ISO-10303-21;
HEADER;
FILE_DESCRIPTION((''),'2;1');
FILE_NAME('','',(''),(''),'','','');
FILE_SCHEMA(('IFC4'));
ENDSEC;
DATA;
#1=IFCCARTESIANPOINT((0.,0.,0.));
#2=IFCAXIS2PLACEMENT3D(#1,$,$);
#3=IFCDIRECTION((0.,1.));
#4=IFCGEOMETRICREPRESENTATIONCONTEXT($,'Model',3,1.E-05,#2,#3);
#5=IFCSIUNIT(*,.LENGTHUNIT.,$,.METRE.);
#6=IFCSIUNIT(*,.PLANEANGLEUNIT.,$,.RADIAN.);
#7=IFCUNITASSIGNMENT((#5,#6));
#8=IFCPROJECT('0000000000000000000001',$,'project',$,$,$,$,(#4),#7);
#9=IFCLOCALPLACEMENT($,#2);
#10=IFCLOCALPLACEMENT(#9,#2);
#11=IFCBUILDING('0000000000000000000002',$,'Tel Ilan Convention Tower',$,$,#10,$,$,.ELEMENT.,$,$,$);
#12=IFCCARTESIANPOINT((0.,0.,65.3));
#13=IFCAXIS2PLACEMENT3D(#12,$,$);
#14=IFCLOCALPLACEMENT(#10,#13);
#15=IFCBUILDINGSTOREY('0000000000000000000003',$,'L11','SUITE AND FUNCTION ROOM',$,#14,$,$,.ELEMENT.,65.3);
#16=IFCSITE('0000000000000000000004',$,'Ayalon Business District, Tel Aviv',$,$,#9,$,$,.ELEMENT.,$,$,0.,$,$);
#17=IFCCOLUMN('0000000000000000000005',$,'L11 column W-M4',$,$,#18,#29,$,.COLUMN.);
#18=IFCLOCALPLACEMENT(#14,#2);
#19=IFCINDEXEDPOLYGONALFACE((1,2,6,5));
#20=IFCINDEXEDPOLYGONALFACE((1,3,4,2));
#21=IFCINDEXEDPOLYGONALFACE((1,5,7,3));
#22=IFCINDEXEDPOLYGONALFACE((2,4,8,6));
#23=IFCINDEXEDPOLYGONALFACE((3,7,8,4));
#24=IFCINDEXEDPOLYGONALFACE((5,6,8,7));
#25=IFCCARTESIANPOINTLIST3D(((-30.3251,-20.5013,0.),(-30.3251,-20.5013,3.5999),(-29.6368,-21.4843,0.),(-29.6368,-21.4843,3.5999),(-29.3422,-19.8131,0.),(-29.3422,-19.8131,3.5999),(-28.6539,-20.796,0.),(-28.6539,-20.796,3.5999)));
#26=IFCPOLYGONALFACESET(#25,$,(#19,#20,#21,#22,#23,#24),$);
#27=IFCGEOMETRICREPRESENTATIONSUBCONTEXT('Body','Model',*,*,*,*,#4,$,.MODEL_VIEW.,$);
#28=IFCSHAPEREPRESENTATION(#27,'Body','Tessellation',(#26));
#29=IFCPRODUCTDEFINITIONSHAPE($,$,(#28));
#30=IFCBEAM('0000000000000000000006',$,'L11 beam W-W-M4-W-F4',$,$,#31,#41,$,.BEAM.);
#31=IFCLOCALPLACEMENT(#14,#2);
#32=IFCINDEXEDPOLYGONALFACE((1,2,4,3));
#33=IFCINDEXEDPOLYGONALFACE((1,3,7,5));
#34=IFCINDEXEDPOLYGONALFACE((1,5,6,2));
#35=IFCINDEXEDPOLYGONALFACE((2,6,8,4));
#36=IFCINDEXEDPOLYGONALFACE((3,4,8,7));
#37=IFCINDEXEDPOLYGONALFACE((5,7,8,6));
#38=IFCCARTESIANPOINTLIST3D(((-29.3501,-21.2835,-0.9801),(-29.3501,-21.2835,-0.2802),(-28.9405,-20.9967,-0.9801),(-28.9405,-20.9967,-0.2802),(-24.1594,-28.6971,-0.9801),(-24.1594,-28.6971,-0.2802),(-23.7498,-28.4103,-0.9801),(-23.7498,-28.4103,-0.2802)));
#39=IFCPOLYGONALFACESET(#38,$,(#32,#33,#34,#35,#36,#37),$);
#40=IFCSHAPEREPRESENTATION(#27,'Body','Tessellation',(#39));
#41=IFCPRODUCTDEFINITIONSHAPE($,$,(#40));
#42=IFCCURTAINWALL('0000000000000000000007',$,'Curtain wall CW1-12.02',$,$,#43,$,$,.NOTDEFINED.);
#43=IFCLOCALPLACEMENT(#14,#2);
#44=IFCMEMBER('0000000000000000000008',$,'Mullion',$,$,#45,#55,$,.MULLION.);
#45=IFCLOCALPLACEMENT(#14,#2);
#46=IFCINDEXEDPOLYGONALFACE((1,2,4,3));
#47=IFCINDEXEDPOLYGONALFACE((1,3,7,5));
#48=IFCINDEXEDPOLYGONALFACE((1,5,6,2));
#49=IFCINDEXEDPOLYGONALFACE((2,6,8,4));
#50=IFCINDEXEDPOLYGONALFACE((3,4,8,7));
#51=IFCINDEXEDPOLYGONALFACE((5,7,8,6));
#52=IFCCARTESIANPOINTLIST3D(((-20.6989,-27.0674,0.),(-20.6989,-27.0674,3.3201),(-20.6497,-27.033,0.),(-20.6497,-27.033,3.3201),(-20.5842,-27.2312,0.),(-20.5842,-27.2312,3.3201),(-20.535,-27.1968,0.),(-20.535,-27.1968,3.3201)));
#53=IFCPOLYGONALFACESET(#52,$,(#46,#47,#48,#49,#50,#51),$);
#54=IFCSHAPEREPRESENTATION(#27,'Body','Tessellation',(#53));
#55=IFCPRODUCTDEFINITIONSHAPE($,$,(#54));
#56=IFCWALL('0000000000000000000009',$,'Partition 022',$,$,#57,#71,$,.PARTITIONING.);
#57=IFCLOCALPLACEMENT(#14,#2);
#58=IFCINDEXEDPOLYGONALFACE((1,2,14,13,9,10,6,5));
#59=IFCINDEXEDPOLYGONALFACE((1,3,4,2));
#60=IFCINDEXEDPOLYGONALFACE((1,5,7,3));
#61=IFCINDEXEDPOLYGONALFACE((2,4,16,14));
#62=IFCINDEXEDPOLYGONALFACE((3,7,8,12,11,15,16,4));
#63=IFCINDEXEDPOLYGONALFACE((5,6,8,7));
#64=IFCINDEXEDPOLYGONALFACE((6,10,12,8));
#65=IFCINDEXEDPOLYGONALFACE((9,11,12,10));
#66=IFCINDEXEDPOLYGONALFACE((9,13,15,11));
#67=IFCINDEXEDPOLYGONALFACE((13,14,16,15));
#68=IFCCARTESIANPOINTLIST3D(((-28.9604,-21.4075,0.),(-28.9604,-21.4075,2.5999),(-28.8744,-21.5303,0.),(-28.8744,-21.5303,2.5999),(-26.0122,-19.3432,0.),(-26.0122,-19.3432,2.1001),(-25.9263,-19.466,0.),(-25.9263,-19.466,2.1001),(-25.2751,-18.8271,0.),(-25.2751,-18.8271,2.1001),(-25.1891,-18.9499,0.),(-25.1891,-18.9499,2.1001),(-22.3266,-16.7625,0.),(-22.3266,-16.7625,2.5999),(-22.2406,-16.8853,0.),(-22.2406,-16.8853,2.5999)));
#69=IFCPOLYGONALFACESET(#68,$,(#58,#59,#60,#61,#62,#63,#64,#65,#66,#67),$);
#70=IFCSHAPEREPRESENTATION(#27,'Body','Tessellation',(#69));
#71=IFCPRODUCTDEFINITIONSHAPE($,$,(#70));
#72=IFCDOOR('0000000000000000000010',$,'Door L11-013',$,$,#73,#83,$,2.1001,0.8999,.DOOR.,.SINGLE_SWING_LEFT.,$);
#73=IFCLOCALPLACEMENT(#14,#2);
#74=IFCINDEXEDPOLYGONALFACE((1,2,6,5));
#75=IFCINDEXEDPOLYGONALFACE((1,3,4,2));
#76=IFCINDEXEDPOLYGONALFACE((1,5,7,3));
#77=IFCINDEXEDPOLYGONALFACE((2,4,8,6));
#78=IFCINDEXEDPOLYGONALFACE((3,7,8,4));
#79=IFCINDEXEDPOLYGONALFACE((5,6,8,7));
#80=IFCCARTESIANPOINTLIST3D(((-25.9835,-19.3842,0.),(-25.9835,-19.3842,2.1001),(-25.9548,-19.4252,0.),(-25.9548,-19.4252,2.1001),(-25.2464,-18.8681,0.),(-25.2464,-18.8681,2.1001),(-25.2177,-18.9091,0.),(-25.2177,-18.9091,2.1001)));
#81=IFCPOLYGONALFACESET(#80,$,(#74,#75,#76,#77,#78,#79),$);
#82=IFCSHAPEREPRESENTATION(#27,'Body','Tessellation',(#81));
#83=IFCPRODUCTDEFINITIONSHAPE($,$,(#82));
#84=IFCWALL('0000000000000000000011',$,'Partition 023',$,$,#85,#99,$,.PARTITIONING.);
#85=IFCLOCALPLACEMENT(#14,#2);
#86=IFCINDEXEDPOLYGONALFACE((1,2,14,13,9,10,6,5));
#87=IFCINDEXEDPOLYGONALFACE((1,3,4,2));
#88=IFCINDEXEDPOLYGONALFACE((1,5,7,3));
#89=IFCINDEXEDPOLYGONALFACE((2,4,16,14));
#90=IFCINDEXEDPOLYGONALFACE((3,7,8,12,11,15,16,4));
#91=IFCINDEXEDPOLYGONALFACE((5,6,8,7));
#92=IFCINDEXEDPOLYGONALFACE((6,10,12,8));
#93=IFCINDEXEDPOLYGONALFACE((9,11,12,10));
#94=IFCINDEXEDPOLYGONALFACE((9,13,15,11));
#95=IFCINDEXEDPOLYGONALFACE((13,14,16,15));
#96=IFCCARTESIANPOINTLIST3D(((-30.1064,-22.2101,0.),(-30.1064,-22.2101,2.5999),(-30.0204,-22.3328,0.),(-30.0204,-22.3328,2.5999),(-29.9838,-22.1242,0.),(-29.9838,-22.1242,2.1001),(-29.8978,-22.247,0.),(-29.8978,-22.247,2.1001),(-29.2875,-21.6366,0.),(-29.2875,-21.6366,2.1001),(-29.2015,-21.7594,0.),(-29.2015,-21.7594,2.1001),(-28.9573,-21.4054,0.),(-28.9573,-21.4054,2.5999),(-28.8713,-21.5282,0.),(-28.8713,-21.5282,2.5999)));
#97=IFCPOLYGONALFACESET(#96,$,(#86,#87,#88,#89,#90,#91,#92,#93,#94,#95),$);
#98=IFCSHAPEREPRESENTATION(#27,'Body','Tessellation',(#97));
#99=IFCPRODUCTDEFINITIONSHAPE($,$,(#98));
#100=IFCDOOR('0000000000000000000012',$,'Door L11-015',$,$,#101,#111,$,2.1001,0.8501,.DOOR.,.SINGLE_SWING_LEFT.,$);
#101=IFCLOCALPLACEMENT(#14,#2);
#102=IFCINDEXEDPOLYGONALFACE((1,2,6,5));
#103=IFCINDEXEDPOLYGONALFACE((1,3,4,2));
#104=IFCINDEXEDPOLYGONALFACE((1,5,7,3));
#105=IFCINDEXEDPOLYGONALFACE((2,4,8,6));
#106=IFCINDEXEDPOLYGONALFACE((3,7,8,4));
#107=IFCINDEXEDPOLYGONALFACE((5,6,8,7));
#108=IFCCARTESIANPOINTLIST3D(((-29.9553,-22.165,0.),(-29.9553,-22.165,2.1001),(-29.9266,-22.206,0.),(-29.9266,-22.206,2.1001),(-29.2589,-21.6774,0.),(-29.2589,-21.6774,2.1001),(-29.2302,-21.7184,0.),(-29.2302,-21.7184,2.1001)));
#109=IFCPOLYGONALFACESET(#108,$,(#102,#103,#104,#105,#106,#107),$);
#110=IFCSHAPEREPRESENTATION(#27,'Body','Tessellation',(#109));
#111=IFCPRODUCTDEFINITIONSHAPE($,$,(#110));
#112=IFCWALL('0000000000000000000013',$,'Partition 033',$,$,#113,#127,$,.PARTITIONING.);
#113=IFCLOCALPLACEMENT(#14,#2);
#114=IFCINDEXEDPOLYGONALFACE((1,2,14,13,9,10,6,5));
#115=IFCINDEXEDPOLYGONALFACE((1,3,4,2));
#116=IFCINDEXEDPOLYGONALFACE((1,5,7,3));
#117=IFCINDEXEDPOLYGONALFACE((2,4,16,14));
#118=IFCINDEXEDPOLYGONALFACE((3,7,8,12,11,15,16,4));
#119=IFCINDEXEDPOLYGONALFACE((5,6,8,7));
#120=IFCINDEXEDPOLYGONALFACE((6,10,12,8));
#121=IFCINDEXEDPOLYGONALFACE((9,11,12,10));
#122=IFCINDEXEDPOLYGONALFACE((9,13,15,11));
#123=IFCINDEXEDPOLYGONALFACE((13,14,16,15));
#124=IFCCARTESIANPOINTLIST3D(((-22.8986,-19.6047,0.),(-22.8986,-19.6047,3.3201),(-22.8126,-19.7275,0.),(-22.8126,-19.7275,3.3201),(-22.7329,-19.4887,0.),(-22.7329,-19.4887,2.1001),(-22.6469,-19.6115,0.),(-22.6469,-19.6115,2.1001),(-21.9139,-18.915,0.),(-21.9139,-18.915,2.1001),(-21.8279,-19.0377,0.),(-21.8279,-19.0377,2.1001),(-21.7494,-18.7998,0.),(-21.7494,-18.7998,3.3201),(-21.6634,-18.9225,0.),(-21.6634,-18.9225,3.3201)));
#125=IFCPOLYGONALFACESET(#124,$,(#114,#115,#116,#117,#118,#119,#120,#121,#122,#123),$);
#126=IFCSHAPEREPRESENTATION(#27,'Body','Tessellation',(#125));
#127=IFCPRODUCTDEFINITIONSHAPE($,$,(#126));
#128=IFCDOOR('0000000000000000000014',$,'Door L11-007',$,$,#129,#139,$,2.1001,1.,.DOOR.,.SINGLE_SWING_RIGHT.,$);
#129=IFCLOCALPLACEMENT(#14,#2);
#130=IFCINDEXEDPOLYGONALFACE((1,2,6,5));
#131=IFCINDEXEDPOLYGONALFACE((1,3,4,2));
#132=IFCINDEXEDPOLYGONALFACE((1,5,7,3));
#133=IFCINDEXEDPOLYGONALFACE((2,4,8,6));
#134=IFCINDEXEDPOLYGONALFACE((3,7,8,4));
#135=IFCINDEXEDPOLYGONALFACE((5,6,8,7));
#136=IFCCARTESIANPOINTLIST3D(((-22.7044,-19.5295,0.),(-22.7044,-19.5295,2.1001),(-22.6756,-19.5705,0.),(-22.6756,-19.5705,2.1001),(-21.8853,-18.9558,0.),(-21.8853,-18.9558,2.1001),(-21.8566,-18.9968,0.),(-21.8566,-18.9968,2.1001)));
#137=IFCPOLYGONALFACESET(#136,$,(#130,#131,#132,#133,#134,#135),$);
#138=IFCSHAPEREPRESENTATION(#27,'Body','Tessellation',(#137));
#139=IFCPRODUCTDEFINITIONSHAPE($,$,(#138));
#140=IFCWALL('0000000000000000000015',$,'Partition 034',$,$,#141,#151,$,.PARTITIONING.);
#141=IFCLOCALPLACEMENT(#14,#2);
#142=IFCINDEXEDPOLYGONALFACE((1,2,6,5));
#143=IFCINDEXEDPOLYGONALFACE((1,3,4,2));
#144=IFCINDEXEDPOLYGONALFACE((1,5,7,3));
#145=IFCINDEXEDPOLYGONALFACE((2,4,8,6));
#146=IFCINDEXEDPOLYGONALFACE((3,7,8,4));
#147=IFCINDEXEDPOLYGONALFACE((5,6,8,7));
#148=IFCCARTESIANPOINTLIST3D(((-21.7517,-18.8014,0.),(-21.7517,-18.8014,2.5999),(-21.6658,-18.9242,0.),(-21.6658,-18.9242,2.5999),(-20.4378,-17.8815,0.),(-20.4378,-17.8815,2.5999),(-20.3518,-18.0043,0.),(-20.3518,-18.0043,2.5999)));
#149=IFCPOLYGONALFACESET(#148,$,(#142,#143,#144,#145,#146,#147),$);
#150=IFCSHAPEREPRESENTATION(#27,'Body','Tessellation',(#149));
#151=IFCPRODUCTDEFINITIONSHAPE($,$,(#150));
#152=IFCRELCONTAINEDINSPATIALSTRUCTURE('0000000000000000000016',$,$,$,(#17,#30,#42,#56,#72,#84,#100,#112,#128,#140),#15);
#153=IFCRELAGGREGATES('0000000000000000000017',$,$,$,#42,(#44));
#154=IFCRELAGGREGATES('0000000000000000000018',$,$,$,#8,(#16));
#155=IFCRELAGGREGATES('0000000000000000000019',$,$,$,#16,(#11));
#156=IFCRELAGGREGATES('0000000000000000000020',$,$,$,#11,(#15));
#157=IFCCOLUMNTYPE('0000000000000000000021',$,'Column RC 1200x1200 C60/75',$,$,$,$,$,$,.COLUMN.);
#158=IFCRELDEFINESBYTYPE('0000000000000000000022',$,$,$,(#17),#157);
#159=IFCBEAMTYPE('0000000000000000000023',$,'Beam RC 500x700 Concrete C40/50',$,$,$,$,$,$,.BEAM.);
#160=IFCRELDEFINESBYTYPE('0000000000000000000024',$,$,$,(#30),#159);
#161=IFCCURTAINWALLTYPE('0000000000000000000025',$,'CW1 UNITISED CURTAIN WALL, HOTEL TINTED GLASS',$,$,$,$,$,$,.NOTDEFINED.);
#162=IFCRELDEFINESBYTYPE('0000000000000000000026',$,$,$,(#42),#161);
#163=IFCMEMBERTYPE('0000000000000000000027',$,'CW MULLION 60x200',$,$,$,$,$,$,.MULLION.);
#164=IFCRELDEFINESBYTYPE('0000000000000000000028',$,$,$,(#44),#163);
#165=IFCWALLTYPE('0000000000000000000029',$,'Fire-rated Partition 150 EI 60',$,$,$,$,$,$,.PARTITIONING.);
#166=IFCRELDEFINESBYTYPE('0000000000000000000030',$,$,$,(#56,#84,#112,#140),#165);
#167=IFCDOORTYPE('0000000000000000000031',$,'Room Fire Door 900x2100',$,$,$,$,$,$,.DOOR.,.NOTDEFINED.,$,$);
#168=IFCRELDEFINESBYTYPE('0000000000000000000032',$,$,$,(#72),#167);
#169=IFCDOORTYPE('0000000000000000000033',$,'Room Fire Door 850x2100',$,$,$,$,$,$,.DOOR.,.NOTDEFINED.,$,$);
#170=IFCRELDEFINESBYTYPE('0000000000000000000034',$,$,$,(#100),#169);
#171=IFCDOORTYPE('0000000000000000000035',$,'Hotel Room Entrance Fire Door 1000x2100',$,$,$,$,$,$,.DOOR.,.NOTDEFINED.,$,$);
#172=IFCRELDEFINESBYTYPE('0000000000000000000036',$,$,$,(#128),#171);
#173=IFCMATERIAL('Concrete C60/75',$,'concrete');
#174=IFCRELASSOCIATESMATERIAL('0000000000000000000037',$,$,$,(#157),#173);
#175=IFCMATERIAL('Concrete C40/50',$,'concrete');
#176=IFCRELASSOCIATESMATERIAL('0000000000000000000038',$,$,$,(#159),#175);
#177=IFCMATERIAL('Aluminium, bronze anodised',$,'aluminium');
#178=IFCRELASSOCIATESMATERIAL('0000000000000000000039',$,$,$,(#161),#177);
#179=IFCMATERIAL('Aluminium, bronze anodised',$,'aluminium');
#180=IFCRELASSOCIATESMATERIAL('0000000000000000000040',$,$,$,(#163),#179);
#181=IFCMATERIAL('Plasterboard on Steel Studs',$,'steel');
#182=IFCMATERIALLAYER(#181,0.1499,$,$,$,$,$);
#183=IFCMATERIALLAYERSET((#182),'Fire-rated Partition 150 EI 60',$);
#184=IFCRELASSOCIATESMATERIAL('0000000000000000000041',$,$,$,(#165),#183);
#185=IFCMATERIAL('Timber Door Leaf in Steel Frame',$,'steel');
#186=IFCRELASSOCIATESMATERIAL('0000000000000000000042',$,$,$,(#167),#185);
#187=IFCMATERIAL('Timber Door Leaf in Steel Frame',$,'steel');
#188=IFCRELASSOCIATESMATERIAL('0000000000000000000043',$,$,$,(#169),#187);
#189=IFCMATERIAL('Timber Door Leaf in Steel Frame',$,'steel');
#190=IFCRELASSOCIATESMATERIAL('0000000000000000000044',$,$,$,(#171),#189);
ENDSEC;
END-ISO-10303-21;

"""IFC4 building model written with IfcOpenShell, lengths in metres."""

from ifc_helpers import new_model, si_unit, direction, frame, frame_2d, origin, origin_2d, place, context, subcontext, project, spatial, rectangle, extrude, material, layer, layer_set, material_profile, profile_set, type_object, element, fill, aggregate, save


model = new_model("IFC4")

# Units and contexts
model_context = context("Model", 3, precision=1e-05, world=origin(), true_north=direction((0.0, 1.0)))
body_context = subcontext(model_context, "Body", "Model", "MODEL_VIEW")
ifc_project = project(units=[si_unit("LENGTHUNIT", "METRE"), si_unit("PLANEANGLEUNIT", "RADIAN")], contexts=[model_context])

# Site, building, storey
site_placement = place(None, origin())
site = spatial("IfcSite", under=ifc_project, at=site_placement, Name="Ayalon Business District, Tel Aviv", CompositionType="ELEMENT", RefElevation=0.0)
building_placement = place(site_placement, origin())
building = spatial("IfcBuilding", under=site, at=building_placement, Name="Tel Ilan Convention Tower", CompositionType="ELEMENT")
storey_placement = place(building_placement, frame((0.0, 0.0, 65.3)))
storey = spatial("IfcBuildingStorey", under=building, at=storey_placement, Name="L11", Description="SUITE AND FUNCTION ROOM", CompositionType="ELEMENT", Elevation=65.3)

# Column
ifc_material_1 = material(Name="Concrete C60/75", Category="concrete")
ifc_material_profile_1 = material_profile(ifc_material_1, rectangle(XDim=1.2, YDim=1.2, at=origin_2d()), Name="RC 1200x1200")
ifc_profile_set_1 = profile_set([ifc_material_profile_1], Name="Concrete C60/75")
column_type = type_object("IfcColumnType", Name="Column RC 1200x1200 C60/75", PredefinedType="COLUMN", material=ifc_profile_set_1)
column_placement = place(storey_placement, frame((-29.4895, -20.6487, 0.0), z_axis=(0.0, 0.0, 1.0), x_axis=(-0.819152, -0.573576, 0.0)))
element("IfcColumn", 1, at=column_placement, inside=storey, type_object=column_type, Name="L11 column W-M4", PredefinedType="COLUMN", context=body_context, shape_type="SweptSolid", body=[
    extrude(rectangle(XDim=1.2, YDim=1.2, at=origin_2d()), origin(), (0.0, 0.0, 1.0), 3.5999),
])

# Beam
ifc_material_2 = material(Name="Concrete C40/50", Category="concrete")
ifc_material_profile_2 = material_profile(ifc_material_2, rectangle(XDim=0.5, YDim=0.7, at=origin_2d()), Name="RC 500x700")
ifc_profile_set_2 = profile_set([ifc_material_profile_2], Name="Concrete C40/50")
beam_type = type_object("IfcBeamType", Name="Beam RC 500x700 Concrete C40/50", PredefinedType="BEAM", material=ifc_profile_set_2)
beam_placement = place(storey_placement, frame((-29.1453, -21.1401, -0.6301), z_axis=(0.573549, -0.819171, 0.0), x_axis=(0.819171, 0.573549, 0.0)))
element("IfcBeam", 2, at=beam_placement, inside=storey, type_object=beam_type, Name="L11 beam W-W-M4-W-F4", PredefinedType="BEAM", context=body_context, shape_type="SweptSolid", body=[
    extrude(rectangle(XDim=0.5, YDim=0.7, at=origin_2d()), origin(), (0.0, 0.0, 1.0), 9.05),
])

# Curtain wall, member
ifc_material_3 = material(Name="Aluminium, bronze anodised", Category="aluminium")
curtain_wall_type = type_object("IfcCurtainWallType", Name="CW1 UNITISED CURTAIN WALL, HOTEL TINTED GLASS", PredefinedType="NOTDEFINED", material=ifc_material_3)
curtain_wall_placement = place(storey_placement, origin())
curtain_wall = element("IfcCurtainWall", 3, at=curtain_wall_placement, inside=storey, type_object=curtain_wall_type, Name="Curtain wall CW1-12.02", PredefinedType="NOTDEFINED")
ifc_material_4 = material(Name="Aluminium, bronze anodised", Category="aluminium")
ifc_material_profile_3 = material_profile(ifc_material_4, rectangle(XDim=0.0601, YDim=0.2, at=origin_2d()), Name="CW MULLION 60x200")
ifc_profile_set_3 = profile_set([ifc_material_profile_3], Name="Aluminium, bronze anodised")
member_type = type_object("IfcMemberType", Name="CW MULLION 60x200", PredefinedType="MULLION", material=ifc_profile_set_3)
member_placement = place(storey_placement, frame((-20.6169, -27.1321, 0.0), z_axis=(0.0, 0.0, 1.0), x_axis=(0.819152, 0.573576, 0.0)))
member = element("IfcMember", 4, at=member_placement, type_object=member_type, Name="Mullion", PredefinedType="MULLION", context=body_context, shape_type="SweptSolid", body=[
    extrude(rectangle(XDim=0.0601, YDim=0.2, at=origin_2d()), origin(), (0.0, 0.0, 1.0), 3.3201),
])
aggregate(curtain_wall, [member])

# Walls, openings, doors
ifc_material_5 = material(Name="Plasterboard on Steel Studs", Category="steel")
ifc_layer_1 = layer(ifc_material_5, 0.1499)
ifc_layer_set_1 = layer_set([ifc_layer_1], Name="Fire-rated Partition 150 EI 60")
wall_type_1 = type_object("IfcWallType", Name="Fire-rated Partition 150 EI 60", PredefinedType="PARTITIONING", material=ifc_layer_set_1)
wall_1_placement = place(storey_placement, frame((-28.9175, -21.469, 0.0), z_axis=(0.0, 0.0, 1.0), x_axis=(0.819153, 0.573576, 0.0)))
wall_1 = element("IfcWall", 5, at=wall_1_placement, inside=storey, type_object=wall_type_1, Name="Partition 022", PredefinedType="PARTITIONING", context=body_context, shape_type="SweptSolid", body=[
    extrude(rectangle(XDim=8.0984, YDim=0.1499, at=frame_2d((4.0493, 0.0))), origin(), (0.0, 0.0, 1.0), 2.5999),
])
opening_1_placement = place(wall_1_placement, frame((3.5991, 0.0, 0.0)))
opening_1 = element("IfcOpeningElement", 6, at=opening_1_placement, cuts=wall_1, PredefinedType="OPENING", context=body_context, shape_type="SweptSolid", body=[
    extrude(rectangle(XDim=0.8999, YDim=2.1001, at=frame_2d((0.45, 1.05))), frame((0.0, 0.085, 0.0), z_axis=(0.0, -1.0, 0.0), x_axis=(1.0, 0.0, 0.0)), (0.0, 0.0, 1.0), 0.1699),
])
ifc_material_6 = material(Name="Timber Door Leaf in Steel Frame", Category="steel")
door_type_1 = type_object("IfcDoorType", Name="Room Fire Door 900x2100", OperationType="NOTDEFINED", PredefinedType="DOOR", material=ifc_material_6)
door_1_placement = place(opening_1_placement, origin())
door_1 = element("IfcDoor", 7, at=door_1_placement, inside=storey, type_object=door_type_1, Name="Door L11-013", OperationType="SINGLE_SWING_LEFT", OverallHeight=2.1001, OverallWidth=0.8999, PredefinedType="DOOR", context=body_context, shape_type="SweptSolid", body=[
    extrude(rectangle(XDim=0.8999, YDim=2.1001, at=frame_2d((0.45, 1.05))), frame((0.0, 0.0249, 0.0), z_axis=(0.0, -1.0, 0.0), x_axis=(1.0, 0.0, 0.0)), (0.0, 0.0, 1.0), 0.05),
])
fill(opening_1, door_1)
wall_2_placement = place(storey_placement, frame((-28.9143, -21.4668, 0.0), z_axis=(0.0, 0.0, 1.0), x_axis=(-0.819142, -0.573591, 0.0)))
wall_2 = element("IfcWall", 8, at=wall_2_placement, inside=storey, type_object=wall_type_1, Name="Partition 023", PredefinedType="PARTITIONING", context=body_context, shape_type="SweptSolid", body=[
    extrude(rectangle(XDim=1.4028, YDim=0.1499, at=frame_2d((0.7014, 0.0))), origin(), (0.0, 0.0, 1.0), 2.5999),
])
opening_2_placement = place(wall_2_placement, frame((0.4031, 0.0, 0.0)))
opening_2 = element("IfcOpeningElement", 9, at=opening_2_placement, cuts=wall_2, PredefinedType="OPENING", context=body_context, shape_type="SweptSolid", body=[
    extrude(rectangle(XDim=0.8501, YDim=2.1001, at=frame_2d((0.425, 1.05))), frame((0.0, 0.085, 0.0), z_axis=(0.0, -1.0, 0.0), x_axis=(1.0, 0.0, 0.0)), (0.0, 0.0, 1.0), 0.1699),
])
ifc_material_7 = material(Name="Timber Door Leaf in Steel Frame", Category="steel")
door_type_2 = type_object("IfcDoorType", Name="Room Fire Door 850x2100", OperationType="NOTDEFINED", PredefinedType="DOOR", material=ifc_material_7)
door_2_placement = place(opening_2_placement, origin())
door_2 = element("IfcDoor", 10, at=door_2_placement, inside=storey, type_object=door_type_2, Name="Door L11-015", OperationType="SINGLE_SWING_LEFT", OverallHeight=2.1001, OverallWidth=0.8501, PredefinedType="DOOR", context=body_context, shape_type="SweptSolid", body=[
    extrude(rectangle(XDim=0.8501, YDim=2.1001, at=frame_2d((0.425, 1.05))), frame((0.0, 0.0249, 0.0), z_axis=(0.0, -1.0, 0.0), x_axis=(1.0, 0.0, 0.0)), (0.0, 0.0, 1.0), 0.05),
])
fill(opening_2, door_2)
wall_3_placement = place(storey_placement, frame((-21.7063, -18.8611, 0.0), z_axis=(0.0, 0.0, 1.0), x_axis=(-0.81906, -0.573708, 0.0)))
wall_3 = element("IfcWall", 11, at=wall_3_placement, inside=storey, type_object=wall_type_1, Name="Partition 033", PredefinedType="PARTITIONING", context=body_context, shape_type="SweptSolid", body=[
    extrude(rectangle(XDim=1.4031, YDim=0.1499, at=frame_2d((0.7017, 0.0))), origin(), (0.0, 0.0, 1.0), 3.3201),
])
opening_3_placement = place(wall_3_placement, frame((0.2009, 0.0, 0.0)))
opening_3 = element("IfcOpeningElement", 12, at=opening_3_placement, cuts=wall_3, PredefinedType="OPENING", context=body_context, shape_type="SweptSolid", body=[
    extrude(rectangle(XDim=1.0, YDim=2.1001, at=frame_2d((0.5, 1.05))), frame((0.0, 0.085, 0.0), z_axis=(0.0, -1.0, 0.0), x_axis=(1.0, 0.0, 0.0)), (0.0, 0.0, 1.0), 0.1699),
])
ifc_material_8 = material(Name="Timber Door Leaf in Steel Frame", Category="steel")
door_type_3 = type_object("IfcDoorType", Name="Hotel Room Entrance Fire Door 1000x2100", OperationType="NOTDEFINED", PredefinedType="DOOR", material=ifc_material_8)
door_3_placement = place(opening_3_placement, origin())
door_3 = element("IfcDoor", 13, at=door_3_placement, inside=storey, type_object=door_type_3, Name="Door L11-007", OperationType="SINGLE_SWING_RIGHT", OverallHeight=2.1001, OverallWidth=1.0, PredefinedType="DOOR", context=body_context, shape_type="SweptSolid", body=[
    extrude(rectangle(XDim=1.0, YDim=2.1001, at=frame_2d((0.5, 1.05))), frame((0.0, 0.0249, 0.0), z_axis=(0.0, -1.0, 0.0), x_axis=(1.0, 0.0, 0.0)), (0.0, 0.0, 1.0), 0.05),
])
fill(opening_3, door_3)

# Wall
wall_4_placement = place(storey_placement, frame((-20.3948, -17.9429, 0.0), z_axis=(0.0, 0.0, 1.0), x_axis=(-0.819189, -0.573524, 0.0)))
element("IfcWall", 14, at=wall_4_placement, inside=storey, type_object=wall_type_1, Name="Partition 034", PredefinedType="PARTITIONING", context=body_context, shape_type="SweptSolid", body=[
    extrude(rectangle(XDim=1.604, YDim=0.1499, at=frame_2d((0.802, 0.0))), origin(), (0.0, 0.0, 1.0), 2.5999),
])

save(model, "model.ifc")
